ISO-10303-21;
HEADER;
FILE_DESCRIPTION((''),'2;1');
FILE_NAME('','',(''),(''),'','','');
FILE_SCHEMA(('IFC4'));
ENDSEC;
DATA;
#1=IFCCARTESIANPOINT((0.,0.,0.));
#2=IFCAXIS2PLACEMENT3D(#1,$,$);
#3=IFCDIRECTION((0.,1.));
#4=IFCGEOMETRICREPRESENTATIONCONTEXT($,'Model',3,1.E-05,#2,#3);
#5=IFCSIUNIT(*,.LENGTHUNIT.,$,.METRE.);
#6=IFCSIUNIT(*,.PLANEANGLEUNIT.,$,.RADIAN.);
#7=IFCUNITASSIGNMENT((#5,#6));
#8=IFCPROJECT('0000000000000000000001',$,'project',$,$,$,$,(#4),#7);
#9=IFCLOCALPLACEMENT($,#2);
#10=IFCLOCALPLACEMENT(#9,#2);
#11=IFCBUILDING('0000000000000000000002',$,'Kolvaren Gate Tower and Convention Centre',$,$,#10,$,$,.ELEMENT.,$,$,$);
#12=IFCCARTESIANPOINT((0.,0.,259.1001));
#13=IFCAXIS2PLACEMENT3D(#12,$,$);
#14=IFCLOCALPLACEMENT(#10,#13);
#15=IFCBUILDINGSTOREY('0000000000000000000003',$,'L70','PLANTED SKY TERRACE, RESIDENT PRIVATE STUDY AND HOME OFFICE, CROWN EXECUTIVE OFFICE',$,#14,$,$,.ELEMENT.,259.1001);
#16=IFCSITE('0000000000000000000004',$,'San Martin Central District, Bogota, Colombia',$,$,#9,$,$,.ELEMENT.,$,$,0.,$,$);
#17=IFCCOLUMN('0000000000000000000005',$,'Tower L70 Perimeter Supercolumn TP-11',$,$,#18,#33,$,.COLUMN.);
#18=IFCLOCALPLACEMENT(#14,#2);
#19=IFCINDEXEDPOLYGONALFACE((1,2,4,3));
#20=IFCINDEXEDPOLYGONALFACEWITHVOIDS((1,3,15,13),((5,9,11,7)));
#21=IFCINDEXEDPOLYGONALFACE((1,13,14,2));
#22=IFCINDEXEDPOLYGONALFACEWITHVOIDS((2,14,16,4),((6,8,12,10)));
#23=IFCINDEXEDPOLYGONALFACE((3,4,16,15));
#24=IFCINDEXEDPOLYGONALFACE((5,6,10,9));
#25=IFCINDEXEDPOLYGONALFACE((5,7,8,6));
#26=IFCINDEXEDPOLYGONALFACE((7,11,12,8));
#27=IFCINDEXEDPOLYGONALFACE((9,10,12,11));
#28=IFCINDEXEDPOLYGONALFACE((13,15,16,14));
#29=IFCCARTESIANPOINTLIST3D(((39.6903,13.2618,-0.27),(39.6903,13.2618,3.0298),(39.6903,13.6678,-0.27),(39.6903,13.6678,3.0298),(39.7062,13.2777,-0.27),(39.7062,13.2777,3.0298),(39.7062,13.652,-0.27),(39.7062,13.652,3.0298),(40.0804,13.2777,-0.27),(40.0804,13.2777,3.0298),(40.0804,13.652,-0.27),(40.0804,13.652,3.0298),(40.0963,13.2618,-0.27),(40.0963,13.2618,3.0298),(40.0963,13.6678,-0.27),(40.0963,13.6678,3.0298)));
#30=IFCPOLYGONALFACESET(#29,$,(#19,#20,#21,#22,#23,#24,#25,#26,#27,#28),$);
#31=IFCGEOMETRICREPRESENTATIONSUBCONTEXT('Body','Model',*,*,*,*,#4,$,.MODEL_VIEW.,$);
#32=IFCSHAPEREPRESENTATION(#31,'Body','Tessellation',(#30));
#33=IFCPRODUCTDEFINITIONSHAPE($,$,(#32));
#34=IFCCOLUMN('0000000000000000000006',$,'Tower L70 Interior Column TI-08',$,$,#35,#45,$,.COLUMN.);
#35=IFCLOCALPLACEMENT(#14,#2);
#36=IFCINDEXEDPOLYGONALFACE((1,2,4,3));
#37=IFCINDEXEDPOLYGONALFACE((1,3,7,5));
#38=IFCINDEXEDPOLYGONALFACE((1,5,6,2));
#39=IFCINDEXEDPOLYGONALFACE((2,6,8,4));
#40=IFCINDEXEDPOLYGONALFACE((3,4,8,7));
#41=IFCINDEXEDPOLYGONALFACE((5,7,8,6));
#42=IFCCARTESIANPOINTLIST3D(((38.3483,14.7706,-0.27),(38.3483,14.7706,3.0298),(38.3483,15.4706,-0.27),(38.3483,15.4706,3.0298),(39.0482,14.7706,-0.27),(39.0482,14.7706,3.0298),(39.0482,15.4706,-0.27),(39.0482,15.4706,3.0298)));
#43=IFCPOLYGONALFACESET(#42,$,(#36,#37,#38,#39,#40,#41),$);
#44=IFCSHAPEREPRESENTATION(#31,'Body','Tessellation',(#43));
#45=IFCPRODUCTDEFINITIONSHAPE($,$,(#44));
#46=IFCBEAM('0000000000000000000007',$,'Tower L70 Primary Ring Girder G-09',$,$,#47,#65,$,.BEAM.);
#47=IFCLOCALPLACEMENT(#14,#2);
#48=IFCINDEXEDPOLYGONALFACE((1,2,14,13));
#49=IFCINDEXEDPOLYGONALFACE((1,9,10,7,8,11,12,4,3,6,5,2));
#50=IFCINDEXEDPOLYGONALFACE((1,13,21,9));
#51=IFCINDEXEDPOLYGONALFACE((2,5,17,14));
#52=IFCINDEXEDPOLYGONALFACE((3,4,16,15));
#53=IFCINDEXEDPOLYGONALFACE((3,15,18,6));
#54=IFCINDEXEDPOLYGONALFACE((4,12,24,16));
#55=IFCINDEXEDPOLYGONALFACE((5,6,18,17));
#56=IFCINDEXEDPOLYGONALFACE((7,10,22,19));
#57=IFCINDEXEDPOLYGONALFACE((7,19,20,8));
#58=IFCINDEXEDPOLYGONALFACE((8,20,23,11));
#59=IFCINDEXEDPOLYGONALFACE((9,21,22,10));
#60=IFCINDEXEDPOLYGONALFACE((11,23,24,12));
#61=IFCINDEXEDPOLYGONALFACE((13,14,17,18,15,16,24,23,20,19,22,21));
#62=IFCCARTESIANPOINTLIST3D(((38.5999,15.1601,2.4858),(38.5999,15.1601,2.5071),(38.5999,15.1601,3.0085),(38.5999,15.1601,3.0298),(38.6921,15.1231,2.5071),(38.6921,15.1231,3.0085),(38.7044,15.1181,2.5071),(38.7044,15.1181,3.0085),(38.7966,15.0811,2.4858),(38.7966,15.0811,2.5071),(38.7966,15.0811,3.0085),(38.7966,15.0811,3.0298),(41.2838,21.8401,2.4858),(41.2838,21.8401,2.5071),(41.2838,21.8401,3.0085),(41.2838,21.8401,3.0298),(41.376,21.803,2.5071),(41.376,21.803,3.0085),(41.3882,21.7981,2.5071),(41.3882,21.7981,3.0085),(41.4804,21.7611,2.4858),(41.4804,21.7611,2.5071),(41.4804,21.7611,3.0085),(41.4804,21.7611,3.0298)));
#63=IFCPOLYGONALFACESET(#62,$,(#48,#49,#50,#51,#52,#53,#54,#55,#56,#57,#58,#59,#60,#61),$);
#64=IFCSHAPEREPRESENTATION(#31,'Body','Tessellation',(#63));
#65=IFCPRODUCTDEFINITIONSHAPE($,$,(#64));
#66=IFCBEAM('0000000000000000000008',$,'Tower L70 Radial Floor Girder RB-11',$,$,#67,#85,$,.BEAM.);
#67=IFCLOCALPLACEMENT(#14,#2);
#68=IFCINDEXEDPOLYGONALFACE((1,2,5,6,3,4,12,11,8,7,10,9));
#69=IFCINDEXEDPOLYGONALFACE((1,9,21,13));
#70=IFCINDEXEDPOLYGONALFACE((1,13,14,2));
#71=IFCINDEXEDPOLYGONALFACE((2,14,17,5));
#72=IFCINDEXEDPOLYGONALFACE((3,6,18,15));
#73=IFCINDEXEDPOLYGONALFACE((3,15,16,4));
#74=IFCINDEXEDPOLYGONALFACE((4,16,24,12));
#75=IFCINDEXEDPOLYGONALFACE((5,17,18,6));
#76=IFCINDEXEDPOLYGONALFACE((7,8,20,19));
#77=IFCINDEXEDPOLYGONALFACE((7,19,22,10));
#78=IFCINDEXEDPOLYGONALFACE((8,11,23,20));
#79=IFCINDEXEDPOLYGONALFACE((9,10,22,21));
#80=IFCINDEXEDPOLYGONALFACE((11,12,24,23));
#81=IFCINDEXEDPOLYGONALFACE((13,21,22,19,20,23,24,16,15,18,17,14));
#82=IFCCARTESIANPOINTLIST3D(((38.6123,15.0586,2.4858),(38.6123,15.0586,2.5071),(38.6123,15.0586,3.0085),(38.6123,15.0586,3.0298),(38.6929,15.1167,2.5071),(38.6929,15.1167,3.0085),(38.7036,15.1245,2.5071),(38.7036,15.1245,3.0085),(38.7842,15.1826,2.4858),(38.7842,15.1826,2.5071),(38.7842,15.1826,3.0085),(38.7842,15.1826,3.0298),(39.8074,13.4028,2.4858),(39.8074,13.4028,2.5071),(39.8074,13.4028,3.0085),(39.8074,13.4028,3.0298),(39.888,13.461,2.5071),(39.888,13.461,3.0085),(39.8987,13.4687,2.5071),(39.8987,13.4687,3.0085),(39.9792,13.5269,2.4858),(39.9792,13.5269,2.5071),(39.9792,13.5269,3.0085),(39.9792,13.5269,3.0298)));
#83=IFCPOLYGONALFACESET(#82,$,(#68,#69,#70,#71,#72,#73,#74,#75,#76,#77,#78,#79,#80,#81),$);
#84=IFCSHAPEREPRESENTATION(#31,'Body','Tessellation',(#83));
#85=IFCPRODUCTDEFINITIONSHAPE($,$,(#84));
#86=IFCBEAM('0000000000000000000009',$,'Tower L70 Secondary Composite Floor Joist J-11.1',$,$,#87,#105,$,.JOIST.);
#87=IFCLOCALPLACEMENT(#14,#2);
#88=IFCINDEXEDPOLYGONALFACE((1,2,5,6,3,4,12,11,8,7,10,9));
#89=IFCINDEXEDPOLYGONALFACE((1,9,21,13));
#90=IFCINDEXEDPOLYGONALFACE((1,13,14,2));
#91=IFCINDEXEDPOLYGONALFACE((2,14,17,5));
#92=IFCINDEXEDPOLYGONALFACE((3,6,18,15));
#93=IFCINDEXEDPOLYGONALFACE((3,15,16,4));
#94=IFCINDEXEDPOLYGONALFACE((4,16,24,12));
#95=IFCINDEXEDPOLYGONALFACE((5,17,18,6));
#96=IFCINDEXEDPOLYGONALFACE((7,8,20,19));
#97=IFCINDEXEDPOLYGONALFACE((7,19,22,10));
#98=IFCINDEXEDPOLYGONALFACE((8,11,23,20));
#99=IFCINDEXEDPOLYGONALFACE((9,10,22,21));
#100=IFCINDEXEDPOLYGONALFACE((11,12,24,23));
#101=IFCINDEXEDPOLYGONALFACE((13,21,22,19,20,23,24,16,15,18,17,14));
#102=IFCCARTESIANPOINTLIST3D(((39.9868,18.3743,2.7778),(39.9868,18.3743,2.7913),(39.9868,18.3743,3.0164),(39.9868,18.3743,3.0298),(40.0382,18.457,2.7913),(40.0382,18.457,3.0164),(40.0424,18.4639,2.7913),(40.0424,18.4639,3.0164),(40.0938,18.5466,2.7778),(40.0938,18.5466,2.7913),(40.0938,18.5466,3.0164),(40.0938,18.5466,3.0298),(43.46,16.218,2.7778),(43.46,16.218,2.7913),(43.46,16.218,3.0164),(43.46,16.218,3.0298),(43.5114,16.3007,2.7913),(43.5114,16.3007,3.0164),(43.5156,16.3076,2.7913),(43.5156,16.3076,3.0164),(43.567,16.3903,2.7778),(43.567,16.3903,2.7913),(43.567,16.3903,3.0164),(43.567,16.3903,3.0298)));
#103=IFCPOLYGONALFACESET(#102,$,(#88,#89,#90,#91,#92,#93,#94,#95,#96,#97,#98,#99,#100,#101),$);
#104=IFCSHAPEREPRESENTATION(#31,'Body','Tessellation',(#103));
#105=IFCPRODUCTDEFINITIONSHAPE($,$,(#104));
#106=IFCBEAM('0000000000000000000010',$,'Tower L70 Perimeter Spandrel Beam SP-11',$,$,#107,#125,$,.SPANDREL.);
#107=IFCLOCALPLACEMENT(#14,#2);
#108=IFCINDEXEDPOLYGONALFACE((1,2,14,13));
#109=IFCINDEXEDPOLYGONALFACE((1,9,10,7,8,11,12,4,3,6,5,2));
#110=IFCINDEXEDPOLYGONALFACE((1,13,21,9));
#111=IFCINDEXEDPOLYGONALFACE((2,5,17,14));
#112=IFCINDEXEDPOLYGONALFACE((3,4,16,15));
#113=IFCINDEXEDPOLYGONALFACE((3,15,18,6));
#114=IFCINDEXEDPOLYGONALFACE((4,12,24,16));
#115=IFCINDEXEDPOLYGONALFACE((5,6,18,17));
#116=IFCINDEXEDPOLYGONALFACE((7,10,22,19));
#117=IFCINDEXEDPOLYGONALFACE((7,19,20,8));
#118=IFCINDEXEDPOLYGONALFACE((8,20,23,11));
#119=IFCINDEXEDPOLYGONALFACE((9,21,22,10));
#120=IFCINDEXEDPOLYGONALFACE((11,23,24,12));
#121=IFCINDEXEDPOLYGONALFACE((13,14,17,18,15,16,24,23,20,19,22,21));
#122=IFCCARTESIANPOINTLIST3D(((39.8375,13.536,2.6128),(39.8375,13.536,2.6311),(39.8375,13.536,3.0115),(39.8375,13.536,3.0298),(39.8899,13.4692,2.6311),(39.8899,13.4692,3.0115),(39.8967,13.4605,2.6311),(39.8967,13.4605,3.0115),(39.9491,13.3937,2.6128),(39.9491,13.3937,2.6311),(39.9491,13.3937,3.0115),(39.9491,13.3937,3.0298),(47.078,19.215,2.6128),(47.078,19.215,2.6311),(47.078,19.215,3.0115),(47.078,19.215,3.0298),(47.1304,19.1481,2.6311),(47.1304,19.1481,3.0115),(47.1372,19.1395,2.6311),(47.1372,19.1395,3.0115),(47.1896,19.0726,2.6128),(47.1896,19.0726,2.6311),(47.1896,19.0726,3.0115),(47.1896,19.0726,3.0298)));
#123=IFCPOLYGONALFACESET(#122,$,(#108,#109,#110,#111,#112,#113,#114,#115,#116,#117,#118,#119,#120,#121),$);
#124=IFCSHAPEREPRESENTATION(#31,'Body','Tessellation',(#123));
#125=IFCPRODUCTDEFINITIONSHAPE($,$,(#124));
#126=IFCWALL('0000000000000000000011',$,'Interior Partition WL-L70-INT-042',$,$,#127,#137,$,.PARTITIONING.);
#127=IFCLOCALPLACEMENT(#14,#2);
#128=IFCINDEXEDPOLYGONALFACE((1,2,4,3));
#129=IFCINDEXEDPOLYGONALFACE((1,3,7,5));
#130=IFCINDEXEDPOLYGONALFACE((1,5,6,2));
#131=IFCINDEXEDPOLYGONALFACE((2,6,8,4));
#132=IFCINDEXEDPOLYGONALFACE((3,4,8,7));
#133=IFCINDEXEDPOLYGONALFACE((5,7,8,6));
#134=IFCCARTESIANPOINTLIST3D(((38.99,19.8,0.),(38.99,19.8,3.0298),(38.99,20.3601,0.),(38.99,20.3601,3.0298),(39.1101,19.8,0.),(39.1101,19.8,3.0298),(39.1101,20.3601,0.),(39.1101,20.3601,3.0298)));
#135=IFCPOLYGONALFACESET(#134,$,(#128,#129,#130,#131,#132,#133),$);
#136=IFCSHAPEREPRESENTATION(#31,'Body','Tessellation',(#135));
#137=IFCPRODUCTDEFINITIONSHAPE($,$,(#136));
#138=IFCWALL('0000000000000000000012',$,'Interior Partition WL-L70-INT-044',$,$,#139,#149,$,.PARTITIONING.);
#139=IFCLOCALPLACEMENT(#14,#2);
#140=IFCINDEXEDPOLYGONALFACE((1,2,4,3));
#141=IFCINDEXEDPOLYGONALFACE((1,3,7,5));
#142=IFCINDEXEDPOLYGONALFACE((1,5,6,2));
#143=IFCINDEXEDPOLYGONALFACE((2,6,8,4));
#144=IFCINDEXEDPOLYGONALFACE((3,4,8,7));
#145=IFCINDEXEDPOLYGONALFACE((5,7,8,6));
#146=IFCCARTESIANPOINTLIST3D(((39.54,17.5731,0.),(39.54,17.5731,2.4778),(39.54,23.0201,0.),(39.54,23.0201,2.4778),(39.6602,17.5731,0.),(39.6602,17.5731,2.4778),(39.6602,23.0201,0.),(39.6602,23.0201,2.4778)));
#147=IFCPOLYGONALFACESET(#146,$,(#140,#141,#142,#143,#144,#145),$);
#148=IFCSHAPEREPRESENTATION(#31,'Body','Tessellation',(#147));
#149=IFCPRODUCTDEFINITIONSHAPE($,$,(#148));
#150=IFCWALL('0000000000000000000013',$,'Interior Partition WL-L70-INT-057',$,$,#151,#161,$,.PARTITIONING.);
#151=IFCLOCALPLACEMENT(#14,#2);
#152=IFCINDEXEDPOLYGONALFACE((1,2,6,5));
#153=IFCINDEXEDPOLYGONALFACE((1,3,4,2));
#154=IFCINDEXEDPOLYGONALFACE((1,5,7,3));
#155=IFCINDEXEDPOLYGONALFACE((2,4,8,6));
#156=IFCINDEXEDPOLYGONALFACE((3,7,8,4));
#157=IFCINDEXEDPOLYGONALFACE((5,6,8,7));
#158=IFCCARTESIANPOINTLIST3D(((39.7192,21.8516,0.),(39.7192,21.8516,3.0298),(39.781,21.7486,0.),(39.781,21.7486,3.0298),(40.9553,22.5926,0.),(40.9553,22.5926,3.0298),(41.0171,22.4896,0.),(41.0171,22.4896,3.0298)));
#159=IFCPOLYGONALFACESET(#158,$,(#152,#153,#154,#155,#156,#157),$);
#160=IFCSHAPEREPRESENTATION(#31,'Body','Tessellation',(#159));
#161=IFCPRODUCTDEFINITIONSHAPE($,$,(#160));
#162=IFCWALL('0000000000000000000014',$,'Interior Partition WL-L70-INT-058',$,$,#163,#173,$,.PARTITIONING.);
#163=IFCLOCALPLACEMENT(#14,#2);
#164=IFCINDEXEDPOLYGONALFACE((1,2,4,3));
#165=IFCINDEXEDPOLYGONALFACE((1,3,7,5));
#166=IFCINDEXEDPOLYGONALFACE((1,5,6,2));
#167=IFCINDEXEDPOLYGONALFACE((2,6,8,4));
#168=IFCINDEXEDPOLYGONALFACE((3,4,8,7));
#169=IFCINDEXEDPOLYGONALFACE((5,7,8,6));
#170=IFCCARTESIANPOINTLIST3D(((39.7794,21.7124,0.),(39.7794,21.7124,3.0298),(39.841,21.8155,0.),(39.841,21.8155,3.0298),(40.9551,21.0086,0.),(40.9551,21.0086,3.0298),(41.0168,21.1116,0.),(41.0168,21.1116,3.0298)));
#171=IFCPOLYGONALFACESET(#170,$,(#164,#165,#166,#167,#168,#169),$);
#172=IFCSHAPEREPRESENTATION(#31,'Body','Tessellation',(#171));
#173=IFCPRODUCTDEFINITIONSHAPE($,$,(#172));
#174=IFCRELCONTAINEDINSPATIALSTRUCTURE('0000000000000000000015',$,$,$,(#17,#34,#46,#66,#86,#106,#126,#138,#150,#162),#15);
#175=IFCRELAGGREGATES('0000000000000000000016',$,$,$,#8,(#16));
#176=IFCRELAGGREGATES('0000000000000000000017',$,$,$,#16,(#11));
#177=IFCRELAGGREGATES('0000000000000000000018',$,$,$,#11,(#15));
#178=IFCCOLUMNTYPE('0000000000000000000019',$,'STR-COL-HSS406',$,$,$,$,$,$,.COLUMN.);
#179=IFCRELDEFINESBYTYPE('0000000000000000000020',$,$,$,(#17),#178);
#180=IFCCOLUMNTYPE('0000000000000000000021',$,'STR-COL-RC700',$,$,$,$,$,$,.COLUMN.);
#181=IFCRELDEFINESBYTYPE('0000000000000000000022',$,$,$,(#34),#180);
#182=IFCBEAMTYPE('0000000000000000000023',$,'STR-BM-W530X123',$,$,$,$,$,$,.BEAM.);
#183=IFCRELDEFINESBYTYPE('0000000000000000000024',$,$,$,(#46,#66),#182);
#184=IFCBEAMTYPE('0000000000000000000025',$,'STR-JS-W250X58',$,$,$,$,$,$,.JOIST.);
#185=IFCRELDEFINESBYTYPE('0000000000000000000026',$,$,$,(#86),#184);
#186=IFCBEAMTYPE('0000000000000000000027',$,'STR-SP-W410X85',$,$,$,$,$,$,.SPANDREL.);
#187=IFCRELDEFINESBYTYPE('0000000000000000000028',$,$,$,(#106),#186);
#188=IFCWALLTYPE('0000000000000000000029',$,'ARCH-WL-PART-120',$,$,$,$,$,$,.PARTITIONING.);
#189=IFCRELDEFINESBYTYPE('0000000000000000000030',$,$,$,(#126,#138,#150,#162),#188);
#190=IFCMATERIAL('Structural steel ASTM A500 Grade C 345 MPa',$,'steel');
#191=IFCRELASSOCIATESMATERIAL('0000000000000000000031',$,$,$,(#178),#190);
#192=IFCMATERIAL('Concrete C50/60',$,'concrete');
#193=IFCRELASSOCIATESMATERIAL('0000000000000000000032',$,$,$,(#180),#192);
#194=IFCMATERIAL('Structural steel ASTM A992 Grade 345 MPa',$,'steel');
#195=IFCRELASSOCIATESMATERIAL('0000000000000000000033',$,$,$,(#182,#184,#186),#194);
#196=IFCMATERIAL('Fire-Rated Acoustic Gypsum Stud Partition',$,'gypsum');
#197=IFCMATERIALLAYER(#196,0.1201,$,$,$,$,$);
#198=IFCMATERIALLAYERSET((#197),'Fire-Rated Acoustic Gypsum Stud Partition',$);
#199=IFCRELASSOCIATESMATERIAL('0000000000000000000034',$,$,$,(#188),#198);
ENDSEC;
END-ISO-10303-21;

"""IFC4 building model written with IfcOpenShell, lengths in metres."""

from ifc_helpers import new_model, si_unit, direction, frame, frame_2d, origin, origin_2d, place, context, subcontext, project, spatial, rectangle, hollow_rectangle, i_section, extrude, material, layer, layer_set, material_profile, profile_set, type_object, element, save


model = new_model("IFC4")

# Units and contexts
model_context = context("Model", 3, precision=1e-05, world=origin(), true_north=direction((0.0, 1.0)))
body_context = subcontext(model_context, "Body", "Model", "MODEL_VIEW")
ifc_project = project(units=[si_unit("LENGTHUNIT", "METRE"), si_unit("PLANEANGLEUNIT", "RADIAN")], contexts=[model_context])

# Site, building, storey
site_placement = place(None, origin())
site = spatial("IfcSite", under=ifc_project, at=site_placement, Name="San Martin Central District, Bogota, Colombia", CompositionType="ELEMENT", RefElevation=0.0)
building_placement = place(site_placement, origin())
building = spatial("IfcBuilding", under=site, at=building_placement, Name="Kolvaren Gate Tower and Convention Centre", CompositionType="ELEMENT")
storey_placement = place(building_placement, frame((0.0, 0.0, 259.1001)))
storey = spatial("IfcBuildingStorey", under=building, at=storey_placement, Name="L70", Description="PLANTED SKY TERRACE, RESIDENT PRIVATE STUDY AND HOME OFFICE, CROWN EXECUTIVE OFFICE", CompositionType="ELEMENT", Elevation=259.1001)

# Columns
ifc_material_1 = material(Name="Structural steel ASTM A500 Grade C 345 MPa", Category="steel")
ifc_material_profile_1 = material_profile(ifc_material_1, hollow_rectangle(XDim=0.406, YDim=0.406, WallThickness=0.0159, at=origin_2d()), Name="HSS406X406X15.9")
ifc_profile_set_1 = profile_set([ifc_material_profile_1], Name="Structural steel ASTM A500 Grade C 345 MPa")
column_type_1 = type_object("IfcColumnType", Name="STR-COL-HSS406", PredefinedType="COLUMN", material=ifc_profile_set_1)
column_1_placement = place(storey_placement, frame((39.8933, 13.4648, -0.27), z_axis=(0.0, 0.0, 1.0), x_axis=(1.0, 0.0, 0.0)))
element("IfcColumn", 1, at=column_1_placement, inside=storey, type_object=column_type_1, Name="Tower L70 Perimeter Supercolumn TP-11", PredefinedType="COLUMN", context=body_context, shape_type="SweptSolid", body=[
    extrude(hollow_rectangle(XDim=0.406, YDim=0.406, WallThickness=0.0159, at=origin_2d()), origin(), (0.0, 0.0, 1.0), 3.2998),
])
ifc_material_2 = material(Name="Concrete C50/60", Category="concrete")
ifc_material_profile_2 = material_profile(ifc_material_2, rectangle(XDim=0.7, YDim=0.7, at=origin_2d()), Name="RC-COL-700X700")
ifc_profile_set_2 = profile_set([ifc_material_profile_2], Name="Concrete C50/60")
column_type_2 = type_object("IfcColumnType", Name="STR-COL-RC700", PredefinedType="COLUMN", material=ifc_profile_set_2)
column_2_placement = place(storey_placement, frame((38.6982, 15.1206, -0.27), z_axis=(0.0, 0.0, 1.0), x_axis=(1.0, 0.0, 0.0)))
element("IfcColumn", 2, at=column_2_placement, inside=storey, type_object=column_type_2, Name="Tower L70 Interior Column TI-08", PredefinedType="COLUMN", context=body_context, shape_type="SweptSolid", body=[
    extrude(rectangle(XDim=0.7, YDim=0.7, at=origin_2d()), origin(), (0.0, 0.0, 1.0), 3.2998),
])

# Beams
ifc_material_3 = material(Name="Structural steel ASTM A992 Grade 345 MPa", Category="steel")
ifc_material_profile_3 = material_profile(ifc_material_3, i_section(OverallWidth=0.2119, OverallDepth=0.5439, WebThickness=0.0132, FlangeThickness=0.0212, at=origin_2d()), Name="W530X123")
ifc_profile_set_3 = profile_set([ifc_material_profile_3], Name="Structural steel ASTM A992 Grade 345 MPa")
beam_type_1 = type_object("IfcBeamType", Name="STR-BM-W530X123", PredefinedType="BEAM", material=ifc_profile_set_3)
beam_1_placement = place(storey_placement, frame((38.6982, 15.1206, 2.7578), z_axis=(0.372811, 0.927907, 0.0), x_axis=(-0.927907, 0.372811, 0.0)))
element("IfcBeam", 3, at=beam_1_placement, inside=storey, type_object=beam_type_1, Name="Tower L70 Primary Ring Girder G-09", PredefinedType="BEAM", context=body_context, shape_type="SweptSolid", body=[
    extrude(i_section(OverallWidth=0.2119, OverallDepth=0.5439, WebThickness=0.0132, FlangeThickness=0.0212, at=origin_2d()), origin(), (0.0, 0.0, 1.0), 7.199),
])
beam_2_placement = place(storey_placement, frame((38.6982, 15.1206, 2.7578), z_axis=(0.585246, -0.810856, 0.0), x_axis=(0.810856, 0.585246, 0.0)))
element("IfcBeam", 4, at=beam_2_placement, inside=storey, type_object=beam_type_1, Name="Tower L70 Radial Floor Girder RB-11", PredefinedType="BEAM", context=body_context, shape_type="SweptSolid", body=[
    extrude(i_section(OverallWidth=0.2119, OverallDepth=0.5439, WebThickness=0.0132, FlangeThickness=0.0212, at=origin_2d()), origin(), (0.0, 0.0, 1.0), 2.042),
])
ifc_material_profile_4 = material_profile(ifc_material_3, i_section(OverallWidth=0.2029, OverallDepth=0.252, WebThickness=0.0081, FlangeThickness=0.0134, at=origin_2d()), Name="W250X58")
ifc_profile_set_4 = profile_set([ifc_material_profile_4], Name="Structural steel ASTM A992 Grade 345 MPa")
beam_type_2 = type_object("IfcBeamType", Name="STR-JS-W250X58", PredefinedType="JOIST", material=ifc_profile_set_4)
beam_3_placement = place(storey_placement, frame((40.0403, 18.4604, 2.9038), z_axis=(0.849585, -0.527452, 0.0), x_axis=(0.527452, 0.849585, 0.0)))
element("IfcBeam", 5, at=beam_3_placement, inside=storey, type_object=beam_type_2, Name="Tower L70 Secondary Composite Floor Joist J-11.1", PredefinedType="JOIST", context=body_context, shape_type="SweptSolid", body=[
    extrude(i_section(OverallWidth=0.2029, OverallDepth=0.252, WebThickness=0.0081, FlangeThickness=0.0134, at=origin_2d()), origin(), (0.0, 0.0, 1.0), 4.0881),
])
ifc_material_profile_5 = material_profile(ifc_material_3, i_section(OverallWidth=0.1809, OverallDepth=0.417, WebThickness=0.011, FlangeThickness=0.0183, at=origin_2d()), Name="W410X85")
ifc_profile_set_5 = profile_set([ifc_material_profile_5], Name="Structural steel ASTM A992 Grade 345 MPa")
beam_type_3 = type_object("IfcBeamType", Name="STR-SP-W410X85", PredefinedType="SPANDREL", material=ifc_profile_set_5)
beam_4_placement = place(storey_placement, frame((39.8933, 13.4648, 2.8213), z_axis=(0.786846, 0.61715, 0.0), x_axis=(-0.61715, 0.786846, 0.0)))
element("IfcBeam", 6, at=beam_4_placement, inside=storey, type_object=beam_type_3, Name="Tower L70 Perimeter Spandrel Beam SP-11", PredefinedType="SPANDREL", context=body_context, shape_type="SweptSolid", body=[
    extrude(i_section(OverallWidth=0.1809, OverallDepth=0.417, WebThickness=0.011, FlangeThickness=0.0183, at=origin_2d()), origin(), (0.0, 0.0, 1.0), 9.2019),
])

# Walls
ifc_material_4 = material(Name="Fire-Rated Acoustic Gypsum Stud Partition", Category="gypsum")
ifc_layer_1 = layer(ifc_material_4, 0.1201)
ifc_layer_set_1 = layer_set([ifc_layer_1], Name="Fire-Rated Acoustic Gypsum Stud Partition")
wall_type_1 = type_object("IfcWallType", Name="ARCH-WL-PART-120", PredefinedType="PARTITIONING", material=ifc_layer_set_1)
wall_1_placement = place(storey_placement, frame((39.05, 19.8, 0.0), z_axis=(0.0, 0.0, 1.0), x_axis=(0.0, 1.0, 0.0)))
element("IfcWall", 7, at=wall_1_placement, inside=storey, type_object=wall_type_1, Name="Interior Partition WL-L70-INT-042", PredefinedType="PARTITIONING", context=body_context, shape_type="SweptSolid", body=[
    extrude(rectangle(XDim=0.5601, YDim=0.1201, at=frame_2d((0.28, 0.0))), origin(), (0.0, 0.0, 1.0), 3.0298),
])
wall_2_placement = place(storey_placement, frame((39.6001, 17.573, 0.0), z_axis=(0.0, 0.0, 1.0), x_axis=(0.0, 1.0, 0.0)))
element("IfcWall", 8, at=wall_2_placement, inside=storey, type_object=wall_type_1, Name="Interior Partition WL-L70-INT-044", PredefinedType="PARTITIONING", context=body_context, shape_type="SweptSolid", body=[
    extrude(rectangle(XDim=5.447, YDim=0.1201, at=frame_2d((2.7236, 0.0))), origin(), (0.0, 0.0, 1.0), 2.4778),
])
wall_3_placement = place(storey_placement, frame((39.75, 21.8, 0.0), z_axis=(0.0, 0.0, 1.0), x_axis=(0.857702, 0.514147, 0.0)))
element("IfcWall", 9, at=wall_3_placement, inside=storey, type_object=wall_type_1, Name="Interior Partition WL-L70-INT-057", PredefinedType="PARTITIONING", context=body_context, shape_type="SweptSolid", body=[
    extrude(rectangle(XDim=1.4412, YDim=0.1201, at=frame_2d((0.7207, 0.0))), origin(), (0.0, 0.0, 1.0), 3.0298),
])
wall_4_placement = place(storey_placement, frame((39.8103, 21.7639, 0.0), z_axis=(0.0, 0.0, 1.0), x_axis=(0.858011, -0.513631, 0.0)))
element("IfcWall", 10, at=wall_4_placement, inside=storey, type_object=wall_type_1, Name="Interior Partition WL-L70-INT-058", PredefinedType="PARTITIONING", context=body_context, shape_type="SweptSolid", body=[
    extrude(rectangle(XDim=1.3704, YDim=0.1201, at=frame_2d((0.6851, 0.0))), origin(), (0.0, 0.0, 1.0), 3.0298),
])

save(model, "model.ifc")
